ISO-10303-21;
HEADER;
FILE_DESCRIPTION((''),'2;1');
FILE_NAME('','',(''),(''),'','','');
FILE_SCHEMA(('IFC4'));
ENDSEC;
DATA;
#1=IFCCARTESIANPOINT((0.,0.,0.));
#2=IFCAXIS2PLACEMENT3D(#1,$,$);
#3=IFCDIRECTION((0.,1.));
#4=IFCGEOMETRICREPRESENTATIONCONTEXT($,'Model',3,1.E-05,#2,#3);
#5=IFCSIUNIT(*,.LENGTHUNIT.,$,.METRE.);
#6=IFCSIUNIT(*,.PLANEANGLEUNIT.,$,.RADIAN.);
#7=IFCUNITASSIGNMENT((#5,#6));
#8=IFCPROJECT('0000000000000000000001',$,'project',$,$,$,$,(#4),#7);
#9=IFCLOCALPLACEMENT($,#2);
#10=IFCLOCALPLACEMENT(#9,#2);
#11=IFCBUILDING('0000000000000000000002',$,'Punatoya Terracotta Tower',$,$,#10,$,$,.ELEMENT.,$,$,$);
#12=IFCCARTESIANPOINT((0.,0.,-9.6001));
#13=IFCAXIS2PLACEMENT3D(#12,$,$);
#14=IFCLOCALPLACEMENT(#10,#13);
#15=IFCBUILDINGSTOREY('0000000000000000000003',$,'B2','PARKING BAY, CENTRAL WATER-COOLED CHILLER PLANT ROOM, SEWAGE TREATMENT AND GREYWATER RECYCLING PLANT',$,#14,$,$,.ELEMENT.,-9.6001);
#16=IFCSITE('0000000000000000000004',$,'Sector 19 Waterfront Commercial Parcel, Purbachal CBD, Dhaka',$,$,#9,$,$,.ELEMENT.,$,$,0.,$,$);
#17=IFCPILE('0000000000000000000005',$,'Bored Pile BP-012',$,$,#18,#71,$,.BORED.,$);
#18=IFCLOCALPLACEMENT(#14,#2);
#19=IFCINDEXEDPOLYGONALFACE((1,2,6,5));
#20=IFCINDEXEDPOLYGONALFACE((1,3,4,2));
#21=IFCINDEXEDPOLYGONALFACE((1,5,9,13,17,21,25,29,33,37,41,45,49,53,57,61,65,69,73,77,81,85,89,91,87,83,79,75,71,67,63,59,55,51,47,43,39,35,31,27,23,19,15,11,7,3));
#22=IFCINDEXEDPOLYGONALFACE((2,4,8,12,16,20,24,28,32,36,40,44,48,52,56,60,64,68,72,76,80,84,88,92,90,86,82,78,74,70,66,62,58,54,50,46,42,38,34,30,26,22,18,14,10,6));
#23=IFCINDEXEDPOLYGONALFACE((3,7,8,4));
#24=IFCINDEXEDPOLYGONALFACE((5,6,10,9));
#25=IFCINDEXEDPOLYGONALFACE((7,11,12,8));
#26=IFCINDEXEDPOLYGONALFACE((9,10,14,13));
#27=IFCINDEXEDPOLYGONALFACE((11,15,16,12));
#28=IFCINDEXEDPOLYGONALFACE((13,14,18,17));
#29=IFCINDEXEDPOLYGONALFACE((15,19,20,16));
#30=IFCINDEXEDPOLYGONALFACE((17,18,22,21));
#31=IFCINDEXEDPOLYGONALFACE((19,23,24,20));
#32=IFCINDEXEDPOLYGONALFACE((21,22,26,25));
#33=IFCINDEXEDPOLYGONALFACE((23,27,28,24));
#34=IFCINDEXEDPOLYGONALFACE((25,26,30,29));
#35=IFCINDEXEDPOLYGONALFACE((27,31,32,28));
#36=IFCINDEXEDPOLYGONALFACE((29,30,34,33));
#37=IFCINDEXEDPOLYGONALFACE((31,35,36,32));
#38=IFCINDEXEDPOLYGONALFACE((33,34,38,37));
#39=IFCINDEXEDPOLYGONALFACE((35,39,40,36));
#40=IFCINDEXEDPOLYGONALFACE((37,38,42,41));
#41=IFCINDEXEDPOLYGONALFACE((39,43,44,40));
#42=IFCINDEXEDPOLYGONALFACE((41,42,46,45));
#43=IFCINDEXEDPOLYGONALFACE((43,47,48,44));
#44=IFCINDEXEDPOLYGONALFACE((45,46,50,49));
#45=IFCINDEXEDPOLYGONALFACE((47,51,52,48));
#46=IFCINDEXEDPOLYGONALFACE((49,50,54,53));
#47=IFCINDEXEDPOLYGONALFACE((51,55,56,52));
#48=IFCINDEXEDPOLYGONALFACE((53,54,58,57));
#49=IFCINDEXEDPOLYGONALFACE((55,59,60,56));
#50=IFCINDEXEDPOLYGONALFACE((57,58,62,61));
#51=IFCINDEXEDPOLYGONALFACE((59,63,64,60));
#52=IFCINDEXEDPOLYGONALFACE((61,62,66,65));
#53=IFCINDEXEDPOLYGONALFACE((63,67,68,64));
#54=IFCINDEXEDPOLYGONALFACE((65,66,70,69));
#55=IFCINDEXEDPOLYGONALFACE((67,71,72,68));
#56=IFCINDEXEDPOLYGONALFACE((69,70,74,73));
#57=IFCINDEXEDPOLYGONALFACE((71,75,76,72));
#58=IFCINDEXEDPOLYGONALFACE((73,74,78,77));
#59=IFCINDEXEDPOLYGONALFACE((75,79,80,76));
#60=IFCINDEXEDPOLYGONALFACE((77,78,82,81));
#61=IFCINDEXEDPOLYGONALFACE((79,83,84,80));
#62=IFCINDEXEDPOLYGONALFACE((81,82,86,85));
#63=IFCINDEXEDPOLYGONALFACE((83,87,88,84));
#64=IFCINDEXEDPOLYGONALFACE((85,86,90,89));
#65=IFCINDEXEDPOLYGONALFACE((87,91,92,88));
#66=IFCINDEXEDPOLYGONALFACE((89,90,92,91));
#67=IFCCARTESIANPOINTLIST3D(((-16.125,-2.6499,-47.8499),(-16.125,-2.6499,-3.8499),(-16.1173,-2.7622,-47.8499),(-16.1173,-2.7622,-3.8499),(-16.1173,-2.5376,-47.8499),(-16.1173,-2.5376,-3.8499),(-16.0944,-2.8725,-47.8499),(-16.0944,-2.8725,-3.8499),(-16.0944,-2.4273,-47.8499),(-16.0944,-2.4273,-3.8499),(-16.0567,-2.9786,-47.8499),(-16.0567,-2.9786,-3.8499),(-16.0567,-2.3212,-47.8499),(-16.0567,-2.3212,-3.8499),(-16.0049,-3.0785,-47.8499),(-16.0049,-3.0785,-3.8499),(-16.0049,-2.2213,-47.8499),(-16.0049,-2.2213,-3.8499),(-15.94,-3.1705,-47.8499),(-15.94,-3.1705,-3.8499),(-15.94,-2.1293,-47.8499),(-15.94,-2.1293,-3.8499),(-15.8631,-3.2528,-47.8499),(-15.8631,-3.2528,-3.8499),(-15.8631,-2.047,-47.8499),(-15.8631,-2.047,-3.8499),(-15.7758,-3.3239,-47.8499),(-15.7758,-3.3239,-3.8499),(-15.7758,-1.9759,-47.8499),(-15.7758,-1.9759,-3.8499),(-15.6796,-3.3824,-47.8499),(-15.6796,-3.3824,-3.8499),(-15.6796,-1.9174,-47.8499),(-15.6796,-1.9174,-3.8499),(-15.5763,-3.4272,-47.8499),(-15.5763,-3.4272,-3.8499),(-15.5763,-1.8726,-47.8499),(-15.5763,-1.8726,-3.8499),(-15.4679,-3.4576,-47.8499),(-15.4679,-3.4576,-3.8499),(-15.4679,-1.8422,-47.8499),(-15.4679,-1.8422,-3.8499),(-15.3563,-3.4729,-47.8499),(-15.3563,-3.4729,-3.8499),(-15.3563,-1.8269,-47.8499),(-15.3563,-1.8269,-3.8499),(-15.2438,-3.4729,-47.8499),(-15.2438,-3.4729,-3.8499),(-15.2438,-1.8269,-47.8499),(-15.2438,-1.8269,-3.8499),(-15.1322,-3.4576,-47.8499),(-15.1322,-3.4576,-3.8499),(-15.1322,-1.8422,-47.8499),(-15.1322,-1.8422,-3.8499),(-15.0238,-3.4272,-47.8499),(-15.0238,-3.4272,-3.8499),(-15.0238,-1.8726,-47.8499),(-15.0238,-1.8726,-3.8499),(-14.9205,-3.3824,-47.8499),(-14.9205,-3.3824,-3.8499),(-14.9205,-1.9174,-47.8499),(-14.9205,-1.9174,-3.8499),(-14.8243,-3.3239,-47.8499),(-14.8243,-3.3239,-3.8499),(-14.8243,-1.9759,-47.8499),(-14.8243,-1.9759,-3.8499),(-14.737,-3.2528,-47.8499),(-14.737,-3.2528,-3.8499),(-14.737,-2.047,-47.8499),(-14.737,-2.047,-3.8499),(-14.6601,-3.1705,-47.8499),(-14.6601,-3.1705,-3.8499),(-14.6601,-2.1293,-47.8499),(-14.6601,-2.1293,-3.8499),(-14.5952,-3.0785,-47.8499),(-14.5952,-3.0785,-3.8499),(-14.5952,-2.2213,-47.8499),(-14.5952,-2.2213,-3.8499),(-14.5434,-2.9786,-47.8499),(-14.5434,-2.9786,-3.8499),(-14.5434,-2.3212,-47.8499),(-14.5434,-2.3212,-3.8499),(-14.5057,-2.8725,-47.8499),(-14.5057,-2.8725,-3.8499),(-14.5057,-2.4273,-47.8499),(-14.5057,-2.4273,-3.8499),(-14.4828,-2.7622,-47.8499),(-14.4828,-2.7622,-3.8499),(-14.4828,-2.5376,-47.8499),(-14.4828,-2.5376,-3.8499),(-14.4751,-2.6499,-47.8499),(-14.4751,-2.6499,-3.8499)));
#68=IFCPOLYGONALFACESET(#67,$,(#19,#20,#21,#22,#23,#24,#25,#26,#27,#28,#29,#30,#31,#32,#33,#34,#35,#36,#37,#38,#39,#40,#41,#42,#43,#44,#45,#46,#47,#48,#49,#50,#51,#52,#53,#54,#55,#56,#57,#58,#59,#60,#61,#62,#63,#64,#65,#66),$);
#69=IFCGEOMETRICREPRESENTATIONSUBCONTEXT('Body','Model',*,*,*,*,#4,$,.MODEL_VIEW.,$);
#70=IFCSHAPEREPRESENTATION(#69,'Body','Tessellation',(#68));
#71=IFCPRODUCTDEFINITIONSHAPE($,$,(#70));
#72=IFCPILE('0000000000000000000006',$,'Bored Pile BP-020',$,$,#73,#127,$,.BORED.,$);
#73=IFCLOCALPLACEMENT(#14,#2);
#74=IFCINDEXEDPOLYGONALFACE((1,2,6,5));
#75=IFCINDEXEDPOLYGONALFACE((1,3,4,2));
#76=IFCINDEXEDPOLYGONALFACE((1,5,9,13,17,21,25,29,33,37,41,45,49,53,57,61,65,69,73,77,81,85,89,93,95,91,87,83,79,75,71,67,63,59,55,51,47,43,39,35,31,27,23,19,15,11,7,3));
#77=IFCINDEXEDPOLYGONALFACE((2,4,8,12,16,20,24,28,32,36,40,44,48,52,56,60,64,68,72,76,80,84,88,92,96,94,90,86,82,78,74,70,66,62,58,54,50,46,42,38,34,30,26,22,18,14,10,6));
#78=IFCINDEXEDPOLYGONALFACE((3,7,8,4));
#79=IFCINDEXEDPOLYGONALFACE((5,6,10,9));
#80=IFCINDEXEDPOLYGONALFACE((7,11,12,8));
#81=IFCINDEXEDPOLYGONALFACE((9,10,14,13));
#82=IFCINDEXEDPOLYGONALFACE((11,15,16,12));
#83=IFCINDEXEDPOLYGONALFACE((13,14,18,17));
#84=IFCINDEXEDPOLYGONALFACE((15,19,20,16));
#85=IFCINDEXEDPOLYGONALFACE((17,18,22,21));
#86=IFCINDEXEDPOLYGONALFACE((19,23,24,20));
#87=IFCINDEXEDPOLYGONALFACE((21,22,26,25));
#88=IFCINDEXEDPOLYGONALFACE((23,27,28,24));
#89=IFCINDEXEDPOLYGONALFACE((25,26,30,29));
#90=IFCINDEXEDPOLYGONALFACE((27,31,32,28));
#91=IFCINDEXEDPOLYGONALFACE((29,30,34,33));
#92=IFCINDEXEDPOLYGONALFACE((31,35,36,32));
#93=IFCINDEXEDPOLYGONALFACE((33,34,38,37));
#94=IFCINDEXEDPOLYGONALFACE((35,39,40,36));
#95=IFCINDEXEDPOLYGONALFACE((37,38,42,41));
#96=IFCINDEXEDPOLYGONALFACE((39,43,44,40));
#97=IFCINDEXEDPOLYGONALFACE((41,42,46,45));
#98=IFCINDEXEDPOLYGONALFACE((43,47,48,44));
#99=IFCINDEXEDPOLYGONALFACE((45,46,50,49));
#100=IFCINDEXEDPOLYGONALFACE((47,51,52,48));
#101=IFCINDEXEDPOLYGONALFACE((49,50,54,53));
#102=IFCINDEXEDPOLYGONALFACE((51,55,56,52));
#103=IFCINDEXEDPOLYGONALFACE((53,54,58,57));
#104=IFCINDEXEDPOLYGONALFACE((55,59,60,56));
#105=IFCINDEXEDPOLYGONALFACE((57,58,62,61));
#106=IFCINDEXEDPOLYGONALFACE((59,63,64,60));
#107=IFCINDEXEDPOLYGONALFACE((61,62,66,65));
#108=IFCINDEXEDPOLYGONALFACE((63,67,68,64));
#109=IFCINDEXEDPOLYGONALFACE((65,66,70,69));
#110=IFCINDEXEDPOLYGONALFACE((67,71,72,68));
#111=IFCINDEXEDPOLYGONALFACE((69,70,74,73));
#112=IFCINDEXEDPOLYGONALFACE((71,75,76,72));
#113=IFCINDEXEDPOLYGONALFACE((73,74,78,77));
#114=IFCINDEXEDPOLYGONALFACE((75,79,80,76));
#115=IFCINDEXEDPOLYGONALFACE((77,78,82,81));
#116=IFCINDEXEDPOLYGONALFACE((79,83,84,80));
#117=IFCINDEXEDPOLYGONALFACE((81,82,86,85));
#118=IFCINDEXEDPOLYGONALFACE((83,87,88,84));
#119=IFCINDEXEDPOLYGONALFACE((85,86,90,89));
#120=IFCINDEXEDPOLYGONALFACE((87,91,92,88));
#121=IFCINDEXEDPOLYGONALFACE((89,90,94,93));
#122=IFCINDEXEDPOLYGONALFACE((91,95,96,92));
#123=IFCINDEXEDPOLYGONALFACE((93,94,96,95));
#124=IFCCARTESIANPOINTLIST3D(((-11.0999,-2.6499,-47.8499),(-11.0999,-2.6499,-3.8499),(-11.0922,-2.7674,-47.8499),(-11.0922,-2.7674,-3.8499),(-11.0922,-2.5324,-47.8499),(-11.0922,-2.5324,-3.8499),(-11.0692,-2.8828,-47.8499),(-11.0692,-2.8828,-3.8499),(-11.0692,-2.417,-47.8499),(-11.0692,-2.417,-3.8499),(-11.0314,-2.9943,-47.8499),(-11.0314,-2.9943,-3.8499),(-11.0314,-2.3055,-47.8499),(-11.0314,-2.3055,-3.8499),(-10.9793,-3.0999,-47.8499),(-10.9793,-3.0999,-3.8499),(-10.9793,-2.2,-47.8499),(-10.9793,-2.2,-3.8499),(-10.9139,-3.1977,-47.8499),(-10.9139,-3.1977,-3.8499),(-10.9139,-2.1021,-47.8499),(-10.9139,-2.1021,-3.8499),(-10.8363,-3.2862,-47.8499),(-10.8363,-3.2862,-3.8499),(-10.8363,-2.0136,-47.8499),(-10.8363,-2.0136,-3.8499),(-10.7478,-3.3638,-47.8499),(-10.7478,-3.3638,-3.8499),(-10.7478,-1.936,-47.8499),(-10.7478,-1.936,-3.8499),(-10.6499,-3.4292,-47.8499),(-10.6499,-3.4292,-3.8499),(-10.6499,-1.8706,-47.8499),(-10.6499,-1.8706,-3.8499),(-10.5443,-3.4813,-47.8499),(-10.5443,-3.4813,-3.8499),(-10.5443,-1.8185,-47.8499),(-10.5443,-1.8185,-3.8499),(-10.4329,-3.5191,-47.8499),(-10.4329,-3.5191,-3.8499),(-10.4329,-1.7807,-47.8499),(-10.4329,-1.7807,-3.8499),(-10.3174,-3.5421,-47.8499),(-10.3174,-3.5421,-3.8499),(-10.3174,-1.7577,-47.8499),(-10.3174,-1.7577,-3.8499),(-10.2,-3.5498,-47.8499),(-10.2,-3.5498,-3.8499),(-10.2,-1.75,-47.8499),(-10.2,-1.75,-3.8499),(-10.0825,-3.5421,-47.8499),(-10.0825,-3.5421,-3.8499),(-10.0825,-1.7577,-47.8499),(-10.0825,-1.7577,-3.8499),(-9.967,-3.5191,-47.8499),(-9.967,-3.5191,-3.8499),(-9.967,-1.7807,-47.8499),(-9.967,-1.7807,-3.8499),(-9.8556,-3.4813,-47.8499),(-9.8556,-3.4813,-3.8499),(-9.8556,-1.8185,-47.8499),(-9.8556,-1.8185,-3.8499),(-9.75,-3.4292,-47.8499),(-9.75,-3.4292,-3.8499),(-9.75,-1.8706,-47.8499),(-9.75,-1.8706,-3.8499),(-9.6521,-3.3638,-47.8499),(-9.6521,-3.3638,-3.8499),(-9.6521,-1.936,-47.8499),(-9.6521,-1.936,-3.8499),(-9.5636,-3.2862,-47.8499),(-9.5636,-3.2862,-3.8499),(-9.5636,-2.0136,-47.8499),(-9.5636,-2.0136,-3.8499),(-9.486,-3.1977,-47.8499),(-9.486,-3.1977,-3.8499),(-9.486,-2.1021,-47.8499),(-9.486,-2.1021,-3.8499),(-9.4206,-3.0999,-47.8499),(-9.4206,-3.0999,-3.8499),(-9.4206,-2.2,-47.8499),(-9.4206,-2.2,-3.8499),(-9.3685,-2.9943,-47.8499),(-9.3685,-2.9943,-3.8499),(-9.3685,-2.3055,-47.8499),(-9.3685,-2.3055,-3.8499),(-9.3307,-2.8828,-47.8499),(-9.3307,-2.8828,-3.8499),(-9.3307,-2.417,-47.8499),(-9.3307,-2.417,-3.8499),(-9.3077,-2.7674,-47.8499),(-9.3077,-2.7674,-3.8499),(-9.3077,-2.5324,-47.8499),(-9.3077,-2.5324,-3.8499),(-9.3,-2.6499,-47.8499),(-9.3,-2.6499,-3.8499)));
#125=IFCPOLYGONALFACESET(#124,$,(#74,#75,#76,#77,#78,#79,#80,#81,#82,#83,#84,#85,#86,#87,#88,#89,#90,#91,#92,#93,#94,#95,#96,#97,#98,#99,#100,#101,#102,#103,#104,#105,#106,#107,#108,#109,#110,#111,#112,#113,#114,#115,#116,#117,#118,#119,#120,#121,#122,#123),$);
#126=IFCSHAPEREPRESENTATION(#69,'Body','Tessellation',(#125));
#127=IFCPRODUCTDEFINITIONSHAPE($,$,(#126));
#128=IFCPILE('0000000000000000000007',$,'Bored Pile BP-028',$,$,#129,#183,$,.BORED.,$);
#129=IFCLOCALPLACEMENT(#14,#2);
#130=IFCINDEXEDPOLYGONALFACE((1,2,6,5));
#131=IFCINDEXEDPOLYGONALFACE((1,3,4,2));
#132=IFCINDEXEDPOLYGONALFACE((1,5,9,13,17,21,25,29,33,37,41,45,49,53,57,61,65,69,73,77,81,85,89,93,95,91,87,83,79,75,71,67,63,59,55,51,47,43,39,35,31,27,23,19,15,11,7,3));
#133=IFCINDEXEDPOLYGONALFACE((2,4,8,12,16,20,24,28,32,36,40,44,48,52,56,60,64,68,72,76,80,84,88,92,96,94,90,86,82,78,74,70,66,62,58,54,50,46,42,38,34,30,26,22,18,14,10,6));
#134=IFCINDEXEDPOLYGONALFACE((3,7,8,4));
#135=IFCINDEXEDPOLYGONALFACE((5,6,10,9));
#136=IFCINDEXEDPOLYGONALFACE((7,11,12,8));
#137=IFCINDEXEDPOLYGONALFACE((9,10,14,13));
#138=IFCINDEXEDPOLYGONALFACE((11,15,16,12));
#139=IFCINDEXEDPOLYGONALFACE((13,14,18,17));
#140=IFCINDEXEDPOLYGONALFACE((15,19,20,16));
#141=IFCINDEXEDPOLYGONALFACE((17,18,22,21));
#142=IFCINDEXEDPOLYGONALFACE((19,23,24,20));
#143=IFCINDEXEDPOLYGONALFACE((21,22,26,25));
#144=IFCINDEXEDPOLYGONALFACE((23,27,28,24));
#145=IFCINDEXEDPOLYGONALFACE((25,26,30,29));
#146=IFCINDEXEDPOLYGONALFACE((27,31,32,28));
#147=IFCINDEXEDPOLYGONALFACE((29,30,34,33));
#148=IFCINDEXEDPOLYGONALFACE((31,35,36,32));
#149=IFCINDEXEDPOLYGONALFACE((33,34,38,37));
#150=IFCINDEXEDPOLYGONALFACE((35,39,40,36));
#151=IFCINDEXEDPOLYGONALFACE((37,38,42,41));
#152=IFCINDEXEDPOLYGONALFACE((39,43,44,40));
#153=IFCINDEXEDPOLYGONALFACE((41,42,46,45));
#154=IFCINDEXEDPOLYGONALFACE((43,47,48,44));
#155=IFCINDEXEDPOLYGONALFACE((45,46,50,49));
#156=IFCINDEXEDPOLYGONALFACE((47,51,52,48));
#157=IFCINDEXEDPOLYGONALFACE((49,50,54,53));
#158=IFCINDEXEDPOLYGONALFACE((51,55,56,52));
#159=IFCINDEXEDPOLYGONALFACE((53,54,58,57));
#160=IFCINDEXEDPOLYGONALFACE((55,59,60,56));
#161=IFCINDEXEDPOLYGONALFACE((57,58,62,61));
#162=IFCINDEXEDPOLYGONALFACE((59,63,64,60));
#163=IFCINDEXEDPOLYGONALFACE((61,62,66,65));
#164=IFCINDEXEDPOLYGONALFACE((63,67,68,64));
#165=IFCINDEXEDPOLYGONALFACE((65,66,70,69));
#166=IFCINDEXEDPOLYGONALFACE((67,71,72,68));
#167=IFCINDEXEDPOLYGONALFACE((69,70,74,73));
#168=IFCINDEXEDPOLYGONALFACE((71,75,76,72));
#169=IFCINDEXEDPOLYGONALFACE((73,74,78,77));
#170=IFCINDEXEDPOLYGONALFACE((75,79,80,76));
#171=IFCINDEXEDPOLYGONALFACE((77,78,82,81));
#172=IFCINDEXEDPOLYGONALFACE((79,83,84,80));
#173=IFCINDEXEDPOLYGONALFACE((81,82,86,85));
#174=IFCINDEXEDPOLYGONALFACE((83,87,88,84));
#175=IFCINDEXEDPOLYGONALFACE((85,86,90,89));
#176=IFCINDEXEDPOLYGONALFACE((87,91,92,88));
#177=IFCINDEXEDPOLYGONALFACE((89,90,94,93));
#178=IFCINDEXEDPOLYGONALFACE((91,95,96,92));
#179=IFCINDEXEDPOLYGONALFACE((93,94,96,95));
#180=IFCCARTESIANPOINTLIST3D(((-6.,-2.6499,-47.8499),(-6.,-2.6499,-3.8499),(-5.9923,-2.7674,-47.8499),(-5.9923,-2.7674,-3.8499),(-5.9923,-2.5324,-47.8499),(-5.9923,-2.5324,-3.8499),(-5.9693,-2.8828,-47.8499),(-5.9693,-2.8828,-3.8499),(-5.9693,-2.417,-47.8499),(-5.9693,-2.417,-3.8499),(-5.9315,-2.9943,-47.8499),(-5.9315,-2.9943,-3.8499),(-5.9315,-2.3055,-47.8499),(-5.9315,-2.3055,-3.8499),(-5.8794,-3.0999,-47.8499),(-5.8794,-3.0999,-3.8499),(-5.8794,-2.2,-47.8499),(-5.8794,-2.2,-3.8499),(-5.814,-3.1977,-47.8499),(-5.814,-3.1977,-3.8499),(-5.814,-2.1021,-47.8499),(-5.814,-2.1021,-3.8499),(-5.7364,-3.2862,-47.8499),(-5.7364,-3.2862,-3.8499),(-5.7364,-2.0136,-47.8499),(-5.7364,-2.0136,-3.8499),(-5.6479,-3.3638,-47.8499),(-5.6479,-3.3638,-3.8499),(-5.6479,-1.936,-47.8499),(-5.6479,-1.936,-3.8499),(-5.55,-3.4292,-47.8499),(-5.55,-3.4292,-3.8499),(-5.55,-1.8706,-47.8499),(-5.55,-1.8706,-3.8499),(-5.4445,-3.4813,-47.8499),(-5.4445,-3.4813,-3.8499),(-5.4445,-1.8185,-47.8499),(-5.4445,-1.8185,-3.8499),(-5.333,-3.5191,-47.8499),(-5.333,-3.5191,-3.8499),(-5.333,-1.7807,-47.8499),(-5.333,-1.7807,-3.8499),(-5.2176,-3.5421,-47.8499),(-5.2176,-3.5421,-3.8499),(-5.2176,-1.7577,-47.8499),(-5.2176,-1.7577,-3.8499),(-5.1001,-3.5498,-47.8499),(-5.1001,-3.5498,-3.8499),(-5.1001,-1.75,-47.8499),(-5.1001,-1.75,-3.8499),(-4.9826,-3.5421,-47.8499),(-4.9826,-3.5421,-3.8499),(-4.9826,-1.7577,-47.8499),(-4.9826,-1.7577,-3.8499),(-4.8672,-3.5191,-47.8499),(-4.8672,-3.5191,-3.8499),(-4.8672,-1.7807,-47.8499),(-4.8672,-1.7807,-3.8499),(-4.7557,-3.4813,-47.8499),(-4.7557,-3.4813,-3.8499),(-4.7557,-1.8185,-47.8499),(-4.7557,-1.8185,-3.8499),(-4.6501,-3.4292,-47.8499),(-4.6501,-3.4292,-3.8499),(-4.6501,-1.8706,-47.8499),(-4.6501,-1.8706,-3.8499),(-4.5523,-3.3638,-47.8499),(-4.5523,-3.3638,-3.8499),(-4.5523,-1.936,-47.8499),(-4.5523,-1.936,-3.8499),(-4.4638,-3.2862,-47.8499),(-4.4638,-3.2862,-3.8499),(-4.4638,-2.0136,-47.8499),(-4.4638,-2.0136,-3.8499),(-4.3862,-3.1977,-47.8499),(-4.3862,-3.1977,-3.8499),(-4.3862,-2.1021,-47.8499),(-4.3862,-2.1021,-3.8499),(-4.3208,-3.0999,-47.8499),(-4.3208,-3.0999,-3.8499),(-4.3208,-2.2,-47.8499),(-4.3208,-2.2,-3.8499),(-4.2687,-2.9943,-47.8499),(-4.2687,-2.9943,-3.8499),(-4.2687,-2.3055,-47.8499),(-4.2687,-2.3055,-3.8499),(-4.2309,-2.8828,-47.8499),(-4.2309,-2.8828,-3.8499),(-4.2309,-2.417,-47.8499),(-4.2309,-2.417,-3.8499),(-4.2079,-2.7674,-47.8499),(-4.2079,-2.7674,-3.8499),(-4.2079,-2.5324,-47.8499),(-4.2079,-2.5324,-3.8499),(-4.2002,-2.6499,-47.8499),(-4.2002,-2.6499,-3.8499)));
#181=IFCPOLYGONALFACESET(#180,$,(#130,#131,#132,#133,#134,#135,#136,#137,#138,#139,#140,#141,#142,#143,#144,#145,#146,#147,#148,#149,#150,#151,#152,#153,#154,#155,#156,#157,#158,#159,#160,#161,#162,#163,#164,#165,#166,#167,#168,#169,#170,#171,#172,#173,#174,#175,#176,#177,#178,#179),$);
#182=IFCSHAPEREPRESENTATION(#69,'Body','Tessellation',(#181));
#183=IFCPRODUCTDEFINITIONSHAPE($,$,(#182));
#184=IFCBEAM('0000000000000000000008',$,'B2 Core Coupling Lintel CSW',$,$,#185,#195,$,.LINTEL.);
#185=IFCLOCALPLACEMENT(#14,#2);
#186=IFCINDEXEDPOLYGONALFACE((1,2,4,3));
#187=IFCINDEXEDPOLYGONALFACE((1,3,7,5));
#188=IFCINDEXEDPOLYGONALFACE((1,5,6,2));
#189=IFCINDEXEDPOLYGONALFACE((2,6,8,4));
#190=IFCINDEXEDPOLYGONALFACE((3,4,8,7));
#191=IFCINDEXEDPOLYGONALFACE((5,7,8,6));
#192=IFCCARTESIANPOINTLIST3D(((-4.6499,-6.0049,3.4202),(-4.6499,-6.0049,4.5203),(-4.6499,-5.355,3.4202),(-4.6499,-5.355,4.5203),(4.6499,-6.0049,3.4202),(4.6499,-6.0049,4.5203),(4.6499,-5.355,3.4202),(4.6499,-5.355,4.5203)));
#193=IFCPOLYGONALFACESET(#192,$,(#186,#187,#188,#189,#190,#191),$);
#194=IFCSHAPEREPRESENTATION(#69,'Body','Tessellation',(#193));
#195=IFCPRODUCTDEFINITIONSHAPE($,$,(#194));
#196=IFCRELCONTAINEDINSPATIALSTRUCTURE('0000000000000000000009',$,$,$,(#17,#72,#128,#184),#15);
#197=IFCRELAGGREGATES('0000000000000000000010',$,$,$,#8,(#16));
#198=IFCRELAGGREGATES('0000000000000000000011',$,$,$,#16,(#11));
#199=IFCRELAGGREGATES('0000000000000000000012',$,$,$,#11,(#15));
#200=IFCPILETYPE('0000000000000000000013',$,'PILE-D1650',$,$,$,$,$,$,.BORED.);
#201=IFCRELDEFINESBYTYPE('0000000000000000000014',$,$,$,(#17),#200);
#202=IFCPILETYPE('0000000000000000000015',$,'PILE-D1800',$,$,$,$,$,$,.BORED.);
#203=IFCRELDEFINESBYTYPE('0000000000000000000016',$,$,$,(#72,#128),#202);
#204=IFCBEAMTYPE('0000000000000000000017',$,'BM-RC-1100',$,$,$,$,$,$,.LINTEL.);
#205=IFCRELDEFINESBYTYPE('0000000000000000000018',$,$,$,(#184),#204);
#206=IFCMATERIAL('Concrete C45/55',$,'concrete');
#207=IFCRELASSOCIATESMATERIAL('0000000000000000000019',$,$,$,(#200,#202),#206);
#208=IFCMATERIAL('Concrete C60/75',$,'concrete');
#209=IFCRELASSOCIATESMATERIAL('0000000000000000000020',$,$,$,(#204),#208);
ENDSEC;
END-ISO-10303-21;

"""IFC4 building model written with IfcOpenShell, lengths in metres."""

from ifc_helpers import new_model, si_unit, direction, frame, origin, origin_2d, place, context, subcontext, project, spatial, rectangle, circle, extrude, material, material_profile, profile_set, type_object, element, save


model = new_model("IFC4")

# Units and contexts
model_context = context("Model", 3, precision=1e-05, world=origin(), true_north=direction((0.0, 1.0)))
body_context = subcontext(model_context, "Body", "Model", "MODEL_VIEW")
ifc_project = project(units=[si_unit("LENGTHUNIT", "METRE"), si_unit("PLANEANGLEUNIT", "RADIAN")], contexts=[model_context])

# Site, building, storey
site_placement = place(None, origin())
site = spatial("IfcSite", under=ifc_project, at=site_placement, Name="Sector 19 Waterfront Commercial Parcel, Purbachal CBD, Dhaka", CompositionType="ELEMENT", RefElevation=0.0)
building_placement = place(site_placement, origin())
building = spatial("IfcBuilding", under=site, at=building_placement, Name="Punatoya Terracotta Tower", CompositionType="ELEMENT")
storey_placement = place(building_placement, frame((0.0, 0.0, -9.6001)))
storey = spatial("IfcBuildingStorey", under=building, at=storey_placement, Name="B2", Description="PARKING BAY, CENTRAL WATER-COOLED CHILLER PLANT ROOM, SEWAGE TREATMENT AND GREYWATER RECYCLING PLANT", CompositionType="ELEMENT", Elevation=-9.6001)

# Shared definitions
ifc_material_1 = material(Name="Concrete C45/55", Category="concrete")

# Piles
ifc_material_profile_1 = material_profile(ifc_material_1, circle(Radius=0.825, at=origin_2d()))
ifc_profile_set_1 = profile_set([ifc_material_profile_1], Name="Concrete C45/55")
pile_type_1 = type_object("IfcPileType", Name="PILE-D1650", PredefinedType="BORED", material=ifc_profile_set_1)
pile_placement = place(storey_placement, frame((-15.3, -2.6499, -3.8499), z_axis=(0.0, 0.0, -1.0), x_axis=(1.0, 0.0, 0.0)))
element("IfcPile", 1, at=pile_placement, inside=storey, type_object=pile_type_1, Name="Bored Pile BP-012", PredefinedType="BORED", context=body_context, shape_type="SweptSolid", body=[
    extrude(circle(Radius=0.825, at=origin_2d()), origin(), (0.0, 0.0, 1.0), 44.0),
])
ifc_material_profile_2 = material_profile(ifc_material_1, circle(Radius=0.8999, at=origin_2d()))
ifc_profile_set_2 = profile_set([ifc_material_profile_2], Name="Concrete C45/55")
pile_type_2 = type_object("IfcPileType", Name="PILE-D1800", PredefinedType="BORED", material=ifc_profile_set_2)
for number, where, z_axis, x_axis, name in (
    (2, (-10.2, -2.6499, -3.8499), (0.0, 0.0, -1.0), (1.0, 0.0, 0.0), "Bored Pile BP-020"),
    (3, (-5.1001, -2.6499, -3.8499), (0.0, 0.0, -1.0), (1.0, 0.0, 0.0), "Bored Pile BP-028"),
):
    element("IfcPile", number, at=place(storey_placement, frame(where, z_axis=z_axis, x_axis=x_axis)), inside=storey, type_object=pile_type_2, Name=name, PredefinedType="BORED", context=body_context, shape_type="SweptSolid", body=[
        extrude(circle(Radius=0.8999, at=origin_2d()), origin(), (0.0, 0.0, 1.0), 44.0),
    ])

# Beam
ifc_material_2 = material(Name="Concrete C60/75", Category="concrete")
ifc_material_profile_3 = material_profile(ifc_material_2, rectangle(XDim=0.6499, YDim=1.1001, at=origin_2d()))
ifc_profile_set_3 = profile_set([ifc_material_profile_3], Name="Concrete C60/75")
beam_type = type_object("IfcBeamType", Name="BM-RC-1100", PredefinedType="LINTEL", material=ifc_profile_set_3)
beam_placement = place(storey_placement, frame((-4.6499, -5.6799, 3.9702), z_axis=(1.0, 0.0, 0.0), x_axis=(0.0, 1.0, 0.0)))
element("IfcBeam", 4, at=beam_placement, inside=storey, type_object=beam_type, Name="B2 Core Coupling Lintel CSW", PredefinedType="LINTEL", context=body_context, shape_type="SweptSolid", body=[
    extrude(rectangle(XDim=0.6499, YDim=1.1001, at=origin_2d()), origin(), (0.0, 0.0, 1.0), 9.2998),
])

save(model, "model.ifc")
